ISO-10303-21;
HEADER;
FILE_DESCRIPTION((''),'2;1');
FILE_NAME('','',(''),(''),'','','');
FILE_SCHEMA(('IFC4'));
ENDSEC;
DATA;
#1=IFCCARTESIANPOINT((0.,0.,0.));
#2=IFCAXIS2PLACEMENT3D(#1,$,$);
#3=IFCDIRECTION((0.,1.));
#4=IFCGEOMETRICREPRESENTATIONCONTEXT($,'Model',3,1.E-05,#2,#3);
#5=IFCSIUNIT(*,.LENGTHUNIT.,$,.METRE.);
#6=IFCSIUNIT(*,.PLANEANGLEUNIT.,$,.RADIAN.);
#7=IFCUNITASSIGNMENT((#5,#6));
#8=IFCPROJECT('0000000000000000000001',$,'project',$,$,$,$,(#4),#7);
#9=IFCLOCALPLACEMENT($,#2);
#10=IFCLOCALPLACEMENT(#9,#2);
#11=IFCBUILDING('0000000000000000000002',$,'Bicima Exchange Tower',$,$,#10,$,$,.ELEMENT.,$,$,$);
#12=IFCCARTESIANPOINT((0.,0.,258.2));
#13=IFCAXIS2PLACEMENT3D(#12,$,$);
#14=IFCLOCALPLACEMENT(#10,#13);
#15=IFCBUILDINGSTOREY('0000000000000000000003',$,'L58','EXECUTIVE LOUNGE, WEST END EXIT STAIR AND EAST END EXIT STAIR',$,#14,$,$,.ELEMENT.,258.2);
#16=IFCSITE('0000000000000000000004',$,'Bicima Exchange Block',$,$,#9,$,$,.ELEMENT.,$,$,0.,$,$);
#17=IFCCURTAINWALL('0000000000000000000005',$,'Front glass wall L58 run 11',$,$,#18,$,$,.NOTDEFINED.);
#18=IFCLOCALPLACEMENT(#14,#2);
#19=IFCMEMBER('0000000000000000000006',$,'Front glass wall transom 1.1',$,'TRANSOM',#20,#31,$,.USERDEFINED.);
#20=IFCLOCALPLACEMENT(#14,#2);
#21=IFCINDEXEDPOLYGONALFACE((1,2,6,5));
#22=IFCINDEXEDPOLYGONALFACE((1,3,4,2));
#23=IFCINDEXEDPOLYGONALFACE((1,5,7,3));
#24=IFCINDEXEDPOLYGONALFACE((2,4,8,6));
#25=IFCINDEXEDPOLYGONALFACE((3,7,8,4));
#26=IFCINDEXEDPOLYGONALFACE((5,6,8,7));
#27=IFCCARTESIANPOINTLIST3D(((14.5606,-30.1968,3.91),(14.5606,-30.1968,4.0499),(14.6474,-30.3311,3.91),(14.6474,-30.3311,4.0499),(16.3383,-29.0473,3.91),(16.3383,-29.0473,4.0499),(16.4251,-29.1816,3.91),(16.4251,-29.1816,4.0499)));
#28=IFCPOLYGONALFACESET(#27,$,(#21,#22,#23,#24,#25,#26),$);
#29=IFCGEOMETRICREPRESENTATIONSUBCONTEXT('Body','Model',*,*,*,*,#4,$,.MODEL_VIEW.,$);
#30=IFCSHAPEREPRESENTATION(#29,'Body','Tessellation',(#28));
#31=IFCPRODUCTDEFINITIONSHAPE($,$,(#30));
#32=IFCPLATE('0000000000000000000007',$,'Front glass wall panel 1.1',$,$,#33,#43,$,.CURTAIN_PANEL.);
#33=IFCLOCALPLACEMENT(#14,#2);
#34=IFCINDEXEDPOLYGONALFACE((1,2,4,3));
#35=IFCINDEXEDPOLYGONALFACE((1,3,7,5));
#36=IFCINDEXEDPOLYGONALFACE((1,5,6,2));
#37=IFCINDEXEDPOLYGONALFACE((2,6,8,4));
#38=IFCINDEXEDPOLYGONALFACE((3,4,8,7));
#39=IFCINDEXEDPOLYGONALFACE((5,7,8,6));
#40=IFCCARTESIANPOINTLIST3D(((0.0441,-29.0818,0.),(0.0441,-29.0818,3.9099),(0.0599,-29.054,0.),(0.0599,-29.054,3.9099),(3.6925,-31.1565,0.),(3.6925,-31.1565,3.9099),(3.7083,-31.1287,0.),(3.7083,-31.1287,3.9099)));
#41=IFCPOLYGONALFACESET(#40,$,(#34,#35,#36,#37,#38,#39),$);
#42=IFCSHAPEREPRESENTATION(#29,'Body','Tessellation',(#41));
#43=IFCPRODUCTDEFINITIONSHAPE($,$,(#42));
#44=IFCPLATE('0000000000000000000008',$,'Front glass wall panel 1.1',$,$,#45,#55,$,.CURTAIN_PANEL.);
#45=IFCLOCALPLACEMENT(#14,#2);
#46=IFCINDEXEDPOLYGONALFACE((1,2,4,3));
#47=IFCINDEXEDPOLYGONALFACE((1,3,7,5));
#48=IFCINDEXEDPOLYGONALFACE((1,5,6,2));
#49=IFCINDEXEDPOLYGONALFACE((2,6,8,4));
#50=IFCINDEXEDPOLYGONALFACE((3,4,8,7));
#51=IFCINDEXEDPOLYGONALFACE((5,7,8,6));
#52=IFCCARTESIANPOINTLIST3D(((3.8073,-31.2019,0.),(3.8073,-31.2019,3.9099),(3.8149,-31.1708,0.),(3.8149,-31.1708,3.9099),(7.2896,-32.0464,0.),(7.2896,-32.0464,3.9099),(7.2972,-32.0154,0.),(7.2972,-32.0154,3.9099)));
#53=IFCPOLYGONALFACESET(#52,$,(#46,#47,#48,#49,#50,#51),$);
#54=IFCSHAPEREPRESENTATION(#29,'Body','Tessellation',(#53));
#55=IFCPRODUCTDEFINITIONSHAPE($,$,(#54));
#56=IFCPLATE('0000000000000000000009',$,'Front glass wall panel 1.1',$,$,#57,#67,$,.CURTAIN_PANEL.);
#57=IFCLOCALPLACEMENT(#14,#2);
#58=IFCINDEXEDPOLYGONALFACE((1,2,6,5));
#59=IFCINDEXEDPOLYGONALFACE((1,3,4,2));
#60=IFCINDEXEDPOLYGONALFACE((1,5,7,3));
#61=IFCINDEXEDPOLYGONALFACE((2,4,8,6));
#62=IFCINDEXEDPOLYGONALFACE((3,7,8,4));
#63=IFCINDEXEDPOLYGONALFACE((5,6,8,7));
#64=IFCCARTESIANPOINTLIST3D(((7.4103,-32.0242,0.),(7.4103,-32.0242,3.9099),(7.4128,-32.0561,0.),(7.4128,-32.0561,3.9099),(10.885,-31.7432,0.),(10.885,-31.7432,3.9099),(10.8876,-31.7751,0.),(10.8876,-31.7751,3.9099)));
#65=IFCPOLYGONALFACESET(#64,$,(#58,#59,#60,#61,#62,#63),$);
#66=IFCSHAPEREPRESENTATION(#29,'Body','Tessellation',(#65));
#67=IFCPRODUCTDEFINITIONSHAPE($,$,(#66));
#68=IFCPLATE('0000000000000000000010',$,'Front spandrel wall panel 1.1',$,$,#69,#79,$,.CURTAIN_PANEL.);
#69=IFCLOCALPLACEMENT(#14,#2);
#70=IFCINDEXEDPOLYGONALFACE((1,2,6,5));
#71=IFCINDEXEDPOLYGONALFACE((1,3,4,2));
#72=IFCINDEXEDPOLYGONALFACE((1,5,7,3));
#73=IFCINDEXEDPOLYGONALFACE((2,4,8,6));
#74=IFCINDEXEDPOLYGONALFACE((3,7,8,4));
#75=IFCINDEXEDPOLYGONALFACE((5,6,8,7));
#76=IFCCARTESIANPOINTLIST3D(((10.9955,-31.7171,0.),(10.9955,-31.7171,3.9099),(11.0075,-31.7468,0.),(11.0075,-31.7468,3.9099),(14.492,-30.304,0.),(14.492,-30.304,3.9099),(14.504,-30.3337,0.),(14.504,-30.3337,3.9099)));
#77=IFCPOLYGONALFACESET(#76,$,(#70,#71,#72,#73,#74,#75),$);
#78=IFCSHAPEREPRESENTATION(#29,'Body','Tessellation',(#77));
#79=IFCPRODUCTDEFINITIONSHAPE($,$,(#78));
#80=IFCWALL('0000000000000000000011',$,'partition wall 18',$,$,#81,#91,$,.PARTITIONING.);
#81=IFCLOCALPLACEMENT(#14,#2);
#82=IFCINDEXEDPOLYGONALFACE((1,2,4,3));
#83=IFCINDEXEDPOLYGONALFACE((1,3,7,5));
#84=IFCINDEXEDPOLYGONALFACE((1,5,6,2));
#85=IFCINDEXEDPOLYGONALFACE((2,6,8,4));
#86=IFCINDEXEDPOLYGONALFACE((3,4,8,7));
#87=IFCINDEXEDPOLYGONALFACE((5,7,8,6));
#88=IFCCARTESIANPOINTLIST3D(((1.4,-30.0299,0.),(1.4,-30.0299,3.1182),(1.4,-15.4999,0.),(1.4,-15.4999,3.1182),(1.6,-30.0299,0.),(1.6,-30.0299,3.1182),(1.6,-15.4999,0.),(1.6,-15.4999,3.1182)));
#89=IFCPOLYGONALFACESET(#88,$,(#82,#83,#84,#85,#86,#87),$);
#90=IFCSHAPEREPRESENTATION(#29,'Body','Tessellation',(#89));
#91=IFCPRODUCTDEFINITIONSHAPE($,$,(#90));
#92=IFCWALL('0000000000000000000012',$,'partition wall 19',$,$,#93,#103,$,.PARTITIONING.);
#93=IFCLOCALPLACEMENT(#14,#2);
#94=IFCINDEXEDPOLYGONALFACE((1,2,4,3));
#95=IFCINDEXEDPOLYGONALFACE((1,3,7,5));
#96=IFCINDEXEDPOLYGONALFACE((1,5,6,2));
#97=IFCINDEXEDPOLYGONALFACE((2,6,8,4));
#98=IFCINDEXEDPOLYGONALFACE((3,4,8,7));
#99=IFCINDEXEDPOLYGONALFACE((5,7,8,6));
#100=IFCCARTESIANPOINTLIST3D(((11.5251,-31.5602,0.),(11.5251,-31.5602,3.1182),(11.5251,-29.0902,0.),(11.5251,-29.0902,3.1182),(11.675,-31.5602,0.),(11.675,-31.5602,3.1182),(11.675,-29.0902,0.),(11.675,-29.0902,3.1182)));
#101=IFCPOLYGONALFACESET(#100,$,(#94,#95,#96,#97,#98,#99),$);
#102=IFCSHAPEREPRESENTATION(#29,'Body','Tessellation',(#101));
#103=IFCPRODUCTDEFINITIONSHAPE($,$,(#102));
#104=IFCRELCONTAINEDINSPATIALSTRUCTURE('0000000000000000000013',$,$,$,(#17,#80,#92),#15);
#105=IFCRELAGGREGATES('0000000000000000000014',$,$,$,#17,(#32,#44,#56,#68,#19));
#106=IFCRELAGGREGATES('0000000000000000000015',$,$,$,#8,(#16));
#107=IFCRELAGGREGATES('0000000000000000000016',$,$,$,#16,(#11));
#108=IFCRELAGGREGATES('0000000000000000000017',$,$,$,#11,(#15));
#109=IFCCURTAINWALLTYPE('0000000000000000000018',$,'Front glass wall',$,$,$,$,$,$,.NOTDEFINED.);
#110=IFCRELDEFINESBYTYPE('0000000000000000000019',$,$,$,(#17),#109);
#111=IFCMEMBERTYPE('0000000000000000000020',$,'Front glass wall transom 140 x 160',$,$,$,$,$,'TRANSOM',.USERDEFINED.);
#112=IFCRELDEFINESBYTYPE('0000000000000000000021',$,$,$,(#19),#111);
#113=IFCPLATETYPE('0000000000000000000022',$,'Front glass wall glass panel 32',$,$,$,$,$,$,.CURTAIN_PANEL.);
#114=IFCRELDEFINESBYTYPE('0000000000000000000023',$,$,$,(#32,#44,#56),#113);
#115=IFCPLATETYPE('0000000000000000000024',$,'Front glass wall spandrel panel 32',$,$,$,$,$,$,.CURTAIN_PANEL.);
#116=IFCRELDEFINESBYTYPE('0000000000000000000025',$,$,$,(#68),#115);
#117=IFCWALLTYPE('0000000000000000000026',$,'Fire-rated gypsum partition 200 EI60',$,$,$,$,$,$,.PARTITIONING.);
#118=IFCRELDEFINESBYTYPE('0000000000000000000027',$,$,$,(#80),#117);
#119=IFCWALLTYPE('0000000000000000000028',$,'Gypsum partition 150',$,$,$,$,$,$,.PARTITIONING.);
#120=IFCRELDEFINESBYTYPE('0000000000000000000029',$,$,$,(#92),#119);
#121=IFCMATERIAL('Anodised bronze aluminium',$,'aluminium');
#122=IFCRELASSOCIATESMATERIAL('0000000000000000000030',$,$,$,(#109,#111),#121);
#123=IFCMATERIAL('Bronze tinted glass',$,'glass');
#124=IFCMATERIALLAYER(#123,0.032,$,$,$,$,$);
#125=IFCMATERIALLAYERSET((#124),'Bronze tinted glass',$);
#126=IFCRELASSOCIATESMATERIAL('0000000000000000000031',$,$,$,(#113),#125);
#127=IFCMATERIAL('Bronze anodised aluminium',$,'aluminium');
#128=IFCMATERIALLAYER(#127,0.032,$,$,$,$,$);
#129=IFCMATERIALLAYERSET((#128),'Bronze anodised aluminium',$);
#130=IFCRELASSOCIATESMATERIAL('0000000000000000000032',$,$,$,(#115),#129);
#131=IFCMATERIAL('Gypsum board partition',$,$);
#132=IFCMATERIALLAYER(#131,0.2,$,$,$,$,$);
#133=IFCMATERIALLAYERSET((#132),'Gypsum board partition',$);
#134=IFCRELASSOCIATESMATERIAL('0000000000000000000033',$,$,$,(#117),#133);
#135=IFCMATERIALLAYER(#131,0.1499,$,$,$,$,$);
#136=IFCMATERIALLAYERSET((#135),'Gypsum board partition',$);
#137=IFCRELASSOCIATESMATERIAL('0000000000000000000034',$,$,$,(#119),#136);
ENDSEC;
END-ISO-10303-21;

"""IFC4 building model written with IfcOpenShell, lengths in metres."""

from ifc_helpers import new_model, si_unit, direction, frame, frame_2d, origin, origin_2d, place, context, subcontext, project, spatial, rectangle, extrude, material, layer, layer_set, material_profile, profile_set, type_object, element, aggregate, save


model = new_model("IFC4")

# Units and contexts
model_context = context("Model", 3, precision=1e-05, world=origin(), true_north=direction((0.0, 1.0)))
body_context = subcontext(model_context, "Body", "Model", "MODEL_VIEW")
ifc_project = project(units=[si_unit("LENGTHUNIT", "METRE"), si_unit("PLANEANGLEUNIT", "RADIAN")], contexts=[model_context])

# Site, building, storey
site_placement = place(None, origin())
site = spatial("IfcSite", under=ifc_project, at=site_placement, Name="Bicima Exchange Block", CompositionType="ELEMENT", RefElevation=0.0)
building_placement = place(site_placement, origin())
building = spatial("IfcBuilding", under=site, at=building_placement, Name="Bicima Exchange Tower", CompositionType="ELEMENT")
storey_placement = place(building_placement, frame((0.0, 0.0, 258.2)))
storey = spatial("IfcBuildingStorey", under=building, at=storey_placement, Name="L58", Description="EXECUTIVE LOUNGE, WEST END EXIT STAIR AND EAST END EXIT STAIR", CompositionType="ELEMENT", Elevation=258.2)

# Curtain wall, member, plates
ifc_material_1 = material(Name="Anodised bronze aluminium", Category="aluminium")
curtain_wall_type = type_object("IfcCurtainWallType", Name="Front glass wall", PredefinedType="NOTDEFINED", material=ifc_material_1)
curtain_wall_placement = place(storey_placement, origin())
curtain_wall = element("IfcCurtainWall", 1, at=curtain_wall_placement, inside=storey, type_object=curtain_wall_type, Name="Front glass wall L58 run 11", PredefinedType="NOTDEFINED")
ifc_material_profile_1 = material_profile(ifc_material_1, rectangle(XDim=0.1599, YDim=0.1399, at=origin_2d()))
ifc_profile_set_1 = profile_set([ifc_material_profile_1], Name="Anodised bronze aluminium")
member_type_1 = type_object("IfcMemberType", Name="Front glass wall transom 140 x 160", ElementType="TRANSOM", PredefinedType="USERDEFINED", material=ifc_profile_set_1)
member_1_placement = place(storey_placement, frame((14.604, -30.2639, 3.98), z_axis=(0.83974, 0.542988, 0.0), x_axis=(-0.542988, 0.83974, 0.0)))
member_1 = element("IfcMember", 2, at=member_1_placement, type_object=member_type_1, Name="Front glass wall transom 1.1", ObjectType="TRANSOM", PredefinedType="USERDEFINED", context=body_context, shape_type="SweptSolid", body=[
    extrude(rectangle(XDim=0.1599, YDim=0.1399, at=origin_2d()), origin(), (0.0, 0.0, 1.0), 2.1169),
])
ifc_material_2 = material(Name="Bronze tinted glass", Category="glass")
ifc_layer_1 = layer(ifc_material_2, 0.032)
ifc_layer_set_1 = layer_set([ifc_layer_1], Name="Bronze tinted glass")
plate_type_1 = type_object("IfcPlateType", Name="Front glass wall glass panel 32", PredefinedType="CURTAIN_PANEL", material=ifc_layer_set_1)
plate_1_placement = place(storey_placement, frame((1.8762, -30.1052, 0.0), z_axis=(0.0, 0.0, 1.0), x_axis=(0.869274, -0.49433, 0.0)))
plate_1 = element("IfcPlate", 3, at=plate_1_placement, type_object=plate_type_1, Name="Front glass wall panel 1.1", PredefinedType="CURTAIN_PANEL", context=body_context, shape_type="SweptSolid", body=[
    extrude(rectangle(XDim=4.197, YDim=0.032, at=origin_2d()), origin(), (0.0, 0.0, 1.0), 3.9099),
])
plate_2_placement = place(storey_placement, frame((5.5522, -31.6086, 0.0), z_axis=(0.0, 0.0, 1.0), x_axis=(0.97183, -0.235682, 0.0)))
plate_2 = element("IfcPlate", 4, at=plate_2_placement, type_object=plate_type_1, Name="Front glass wall panel 1.1", PredefinedType="CURTAIN_PANEL", context=body_context, shape_type="SweptSolid", body=[
    extrude(rectangle(XDim=3.5833, YDim=0.032, at=origin_2d()), origin(), (0.0, 0.0, 1.0), 3.9099),
])
plate_3_placement = place(storey_placement, frame((9.1489, -31.8997, 0.0), z_axis=(0.0, 0.0, 1.0), x_axis=(0.996747, 0.080589, 0.0)))
plate_3 = element("IfcPlate", 5, at=plate_3_placement, type_object=plate_type_1, Name="Front glass wall panel 1.1", PredefinedType="CURTAIN_PANEL", context=body_context, shape_type="SweptSolid", body=[
    extrude(rectangle(XDim=3.4861, YDim=0.032, at=origin_2d()), origin(), (0.0, 0.0, 1.0), 3.9099),
])
ifc_material_3 = material(Name="Bronze anodised aluminium", Category="aluminium")
ifc_layer_2 = layer(ifc_material_3, 0.032)
ifc_layer_set_2 = layer_set([ifc_layer_2], Name="Bronze anodised aluminium")
plate_type_2 = type_object("IfcPlateType", Name="Front glass wall spandrel panel 32", PredefinedType="CURTAIN_PANEL", material=ifc_layer_set_2)
plate_4_placement = place(storey_placement, frame((12.7498, -31.0254, 0.0), z_axis=(0.0, 0.0, 1.0), x_axis=(0.927144, 0.374705, 0.0)))
plate_4 = element("IfcPlate", 6, at=plate_4_placement, type_object=plate_type_2, Name="Front spandrel wall panel 1.1", PredefinedType="CURTAIN_PANEL", context=body_context, shape_type="SweptSolid", body=[
    extrude(rectangle(XDim=3.7712, YDim=0.032, at=origin_2d()), origin(), (0.0, 0.0, 1.0), 3.9099),
])
aggregate(curtain_wall, [plate_1, plate_2, plate_3, plate_4, member_1])

# Walls
ifc_material_4 = material(Name="Gypsum board partition")
ifc_layer_3 = layer(ifc_material_4, 0.2)
ifc_layer_set_3 = layer_set([ifc_layer_3], Name="Gypsum board partition")
wall_type_1 = type_object("IfcWallType", Name="Fire-rated gypsum partition 200 EI60", PredefinedType="PARTITIONING", material=ifc_layer_set_3)
wall_1_placement = place(storey_placement, frame((1.5, -30.03, 0.0), z_axis=(0.0, 0.0, 1.0), x_axis=(0.0, 1.0, 0.0)))
element("IfcWall", 7, at=wall_1_placement, inside=storey, type_object=wall_type_1, Name="partition wall 18", PredefinedType="PARTITIONING", context=body_context, shape_type="SweptSolid", body=[
    extrude(rectangle(XDim=14.53, YDim=0.2, at=frame_2d((7.2651, 0.0))), origin(), (0.0, 0.0, 1.0), 3.1182),
])
ifc_layer_4 = layer(ifc_material_4, 0.1499)
ifc_layer_set_4 = layer_set([ifc_layer_4], Name="Gypsum board partition")
wall_type_2 = type_object("IfcWallType", Name="Gypsum partition 150", PredefinedType="PARTITIONING", material=ifc_layer_set_4)
wall_2_placement = place(storey_placement, frame((11.6001, -31.5601, 0.0), z_axis=(0.0, 0.0, 1.0), x_axis=(0.0, 1.0, 0.0)))
element("IfcWall", 8, at=wall_2_placement, inside=storey, type_object=wall_type_2, Name="partition wall 19", PredefinedType="PARTITIONING", context=body_context, shape_type="SweptSolid", body=[
    extrude(rectangle(XDim=2.47, YDim=0.1499, at=frame_2d((1.2349, 0.0))), origin(), (0.0, 0.0, 1.0), 3.1182),
])

save(model, "model.ifc")
